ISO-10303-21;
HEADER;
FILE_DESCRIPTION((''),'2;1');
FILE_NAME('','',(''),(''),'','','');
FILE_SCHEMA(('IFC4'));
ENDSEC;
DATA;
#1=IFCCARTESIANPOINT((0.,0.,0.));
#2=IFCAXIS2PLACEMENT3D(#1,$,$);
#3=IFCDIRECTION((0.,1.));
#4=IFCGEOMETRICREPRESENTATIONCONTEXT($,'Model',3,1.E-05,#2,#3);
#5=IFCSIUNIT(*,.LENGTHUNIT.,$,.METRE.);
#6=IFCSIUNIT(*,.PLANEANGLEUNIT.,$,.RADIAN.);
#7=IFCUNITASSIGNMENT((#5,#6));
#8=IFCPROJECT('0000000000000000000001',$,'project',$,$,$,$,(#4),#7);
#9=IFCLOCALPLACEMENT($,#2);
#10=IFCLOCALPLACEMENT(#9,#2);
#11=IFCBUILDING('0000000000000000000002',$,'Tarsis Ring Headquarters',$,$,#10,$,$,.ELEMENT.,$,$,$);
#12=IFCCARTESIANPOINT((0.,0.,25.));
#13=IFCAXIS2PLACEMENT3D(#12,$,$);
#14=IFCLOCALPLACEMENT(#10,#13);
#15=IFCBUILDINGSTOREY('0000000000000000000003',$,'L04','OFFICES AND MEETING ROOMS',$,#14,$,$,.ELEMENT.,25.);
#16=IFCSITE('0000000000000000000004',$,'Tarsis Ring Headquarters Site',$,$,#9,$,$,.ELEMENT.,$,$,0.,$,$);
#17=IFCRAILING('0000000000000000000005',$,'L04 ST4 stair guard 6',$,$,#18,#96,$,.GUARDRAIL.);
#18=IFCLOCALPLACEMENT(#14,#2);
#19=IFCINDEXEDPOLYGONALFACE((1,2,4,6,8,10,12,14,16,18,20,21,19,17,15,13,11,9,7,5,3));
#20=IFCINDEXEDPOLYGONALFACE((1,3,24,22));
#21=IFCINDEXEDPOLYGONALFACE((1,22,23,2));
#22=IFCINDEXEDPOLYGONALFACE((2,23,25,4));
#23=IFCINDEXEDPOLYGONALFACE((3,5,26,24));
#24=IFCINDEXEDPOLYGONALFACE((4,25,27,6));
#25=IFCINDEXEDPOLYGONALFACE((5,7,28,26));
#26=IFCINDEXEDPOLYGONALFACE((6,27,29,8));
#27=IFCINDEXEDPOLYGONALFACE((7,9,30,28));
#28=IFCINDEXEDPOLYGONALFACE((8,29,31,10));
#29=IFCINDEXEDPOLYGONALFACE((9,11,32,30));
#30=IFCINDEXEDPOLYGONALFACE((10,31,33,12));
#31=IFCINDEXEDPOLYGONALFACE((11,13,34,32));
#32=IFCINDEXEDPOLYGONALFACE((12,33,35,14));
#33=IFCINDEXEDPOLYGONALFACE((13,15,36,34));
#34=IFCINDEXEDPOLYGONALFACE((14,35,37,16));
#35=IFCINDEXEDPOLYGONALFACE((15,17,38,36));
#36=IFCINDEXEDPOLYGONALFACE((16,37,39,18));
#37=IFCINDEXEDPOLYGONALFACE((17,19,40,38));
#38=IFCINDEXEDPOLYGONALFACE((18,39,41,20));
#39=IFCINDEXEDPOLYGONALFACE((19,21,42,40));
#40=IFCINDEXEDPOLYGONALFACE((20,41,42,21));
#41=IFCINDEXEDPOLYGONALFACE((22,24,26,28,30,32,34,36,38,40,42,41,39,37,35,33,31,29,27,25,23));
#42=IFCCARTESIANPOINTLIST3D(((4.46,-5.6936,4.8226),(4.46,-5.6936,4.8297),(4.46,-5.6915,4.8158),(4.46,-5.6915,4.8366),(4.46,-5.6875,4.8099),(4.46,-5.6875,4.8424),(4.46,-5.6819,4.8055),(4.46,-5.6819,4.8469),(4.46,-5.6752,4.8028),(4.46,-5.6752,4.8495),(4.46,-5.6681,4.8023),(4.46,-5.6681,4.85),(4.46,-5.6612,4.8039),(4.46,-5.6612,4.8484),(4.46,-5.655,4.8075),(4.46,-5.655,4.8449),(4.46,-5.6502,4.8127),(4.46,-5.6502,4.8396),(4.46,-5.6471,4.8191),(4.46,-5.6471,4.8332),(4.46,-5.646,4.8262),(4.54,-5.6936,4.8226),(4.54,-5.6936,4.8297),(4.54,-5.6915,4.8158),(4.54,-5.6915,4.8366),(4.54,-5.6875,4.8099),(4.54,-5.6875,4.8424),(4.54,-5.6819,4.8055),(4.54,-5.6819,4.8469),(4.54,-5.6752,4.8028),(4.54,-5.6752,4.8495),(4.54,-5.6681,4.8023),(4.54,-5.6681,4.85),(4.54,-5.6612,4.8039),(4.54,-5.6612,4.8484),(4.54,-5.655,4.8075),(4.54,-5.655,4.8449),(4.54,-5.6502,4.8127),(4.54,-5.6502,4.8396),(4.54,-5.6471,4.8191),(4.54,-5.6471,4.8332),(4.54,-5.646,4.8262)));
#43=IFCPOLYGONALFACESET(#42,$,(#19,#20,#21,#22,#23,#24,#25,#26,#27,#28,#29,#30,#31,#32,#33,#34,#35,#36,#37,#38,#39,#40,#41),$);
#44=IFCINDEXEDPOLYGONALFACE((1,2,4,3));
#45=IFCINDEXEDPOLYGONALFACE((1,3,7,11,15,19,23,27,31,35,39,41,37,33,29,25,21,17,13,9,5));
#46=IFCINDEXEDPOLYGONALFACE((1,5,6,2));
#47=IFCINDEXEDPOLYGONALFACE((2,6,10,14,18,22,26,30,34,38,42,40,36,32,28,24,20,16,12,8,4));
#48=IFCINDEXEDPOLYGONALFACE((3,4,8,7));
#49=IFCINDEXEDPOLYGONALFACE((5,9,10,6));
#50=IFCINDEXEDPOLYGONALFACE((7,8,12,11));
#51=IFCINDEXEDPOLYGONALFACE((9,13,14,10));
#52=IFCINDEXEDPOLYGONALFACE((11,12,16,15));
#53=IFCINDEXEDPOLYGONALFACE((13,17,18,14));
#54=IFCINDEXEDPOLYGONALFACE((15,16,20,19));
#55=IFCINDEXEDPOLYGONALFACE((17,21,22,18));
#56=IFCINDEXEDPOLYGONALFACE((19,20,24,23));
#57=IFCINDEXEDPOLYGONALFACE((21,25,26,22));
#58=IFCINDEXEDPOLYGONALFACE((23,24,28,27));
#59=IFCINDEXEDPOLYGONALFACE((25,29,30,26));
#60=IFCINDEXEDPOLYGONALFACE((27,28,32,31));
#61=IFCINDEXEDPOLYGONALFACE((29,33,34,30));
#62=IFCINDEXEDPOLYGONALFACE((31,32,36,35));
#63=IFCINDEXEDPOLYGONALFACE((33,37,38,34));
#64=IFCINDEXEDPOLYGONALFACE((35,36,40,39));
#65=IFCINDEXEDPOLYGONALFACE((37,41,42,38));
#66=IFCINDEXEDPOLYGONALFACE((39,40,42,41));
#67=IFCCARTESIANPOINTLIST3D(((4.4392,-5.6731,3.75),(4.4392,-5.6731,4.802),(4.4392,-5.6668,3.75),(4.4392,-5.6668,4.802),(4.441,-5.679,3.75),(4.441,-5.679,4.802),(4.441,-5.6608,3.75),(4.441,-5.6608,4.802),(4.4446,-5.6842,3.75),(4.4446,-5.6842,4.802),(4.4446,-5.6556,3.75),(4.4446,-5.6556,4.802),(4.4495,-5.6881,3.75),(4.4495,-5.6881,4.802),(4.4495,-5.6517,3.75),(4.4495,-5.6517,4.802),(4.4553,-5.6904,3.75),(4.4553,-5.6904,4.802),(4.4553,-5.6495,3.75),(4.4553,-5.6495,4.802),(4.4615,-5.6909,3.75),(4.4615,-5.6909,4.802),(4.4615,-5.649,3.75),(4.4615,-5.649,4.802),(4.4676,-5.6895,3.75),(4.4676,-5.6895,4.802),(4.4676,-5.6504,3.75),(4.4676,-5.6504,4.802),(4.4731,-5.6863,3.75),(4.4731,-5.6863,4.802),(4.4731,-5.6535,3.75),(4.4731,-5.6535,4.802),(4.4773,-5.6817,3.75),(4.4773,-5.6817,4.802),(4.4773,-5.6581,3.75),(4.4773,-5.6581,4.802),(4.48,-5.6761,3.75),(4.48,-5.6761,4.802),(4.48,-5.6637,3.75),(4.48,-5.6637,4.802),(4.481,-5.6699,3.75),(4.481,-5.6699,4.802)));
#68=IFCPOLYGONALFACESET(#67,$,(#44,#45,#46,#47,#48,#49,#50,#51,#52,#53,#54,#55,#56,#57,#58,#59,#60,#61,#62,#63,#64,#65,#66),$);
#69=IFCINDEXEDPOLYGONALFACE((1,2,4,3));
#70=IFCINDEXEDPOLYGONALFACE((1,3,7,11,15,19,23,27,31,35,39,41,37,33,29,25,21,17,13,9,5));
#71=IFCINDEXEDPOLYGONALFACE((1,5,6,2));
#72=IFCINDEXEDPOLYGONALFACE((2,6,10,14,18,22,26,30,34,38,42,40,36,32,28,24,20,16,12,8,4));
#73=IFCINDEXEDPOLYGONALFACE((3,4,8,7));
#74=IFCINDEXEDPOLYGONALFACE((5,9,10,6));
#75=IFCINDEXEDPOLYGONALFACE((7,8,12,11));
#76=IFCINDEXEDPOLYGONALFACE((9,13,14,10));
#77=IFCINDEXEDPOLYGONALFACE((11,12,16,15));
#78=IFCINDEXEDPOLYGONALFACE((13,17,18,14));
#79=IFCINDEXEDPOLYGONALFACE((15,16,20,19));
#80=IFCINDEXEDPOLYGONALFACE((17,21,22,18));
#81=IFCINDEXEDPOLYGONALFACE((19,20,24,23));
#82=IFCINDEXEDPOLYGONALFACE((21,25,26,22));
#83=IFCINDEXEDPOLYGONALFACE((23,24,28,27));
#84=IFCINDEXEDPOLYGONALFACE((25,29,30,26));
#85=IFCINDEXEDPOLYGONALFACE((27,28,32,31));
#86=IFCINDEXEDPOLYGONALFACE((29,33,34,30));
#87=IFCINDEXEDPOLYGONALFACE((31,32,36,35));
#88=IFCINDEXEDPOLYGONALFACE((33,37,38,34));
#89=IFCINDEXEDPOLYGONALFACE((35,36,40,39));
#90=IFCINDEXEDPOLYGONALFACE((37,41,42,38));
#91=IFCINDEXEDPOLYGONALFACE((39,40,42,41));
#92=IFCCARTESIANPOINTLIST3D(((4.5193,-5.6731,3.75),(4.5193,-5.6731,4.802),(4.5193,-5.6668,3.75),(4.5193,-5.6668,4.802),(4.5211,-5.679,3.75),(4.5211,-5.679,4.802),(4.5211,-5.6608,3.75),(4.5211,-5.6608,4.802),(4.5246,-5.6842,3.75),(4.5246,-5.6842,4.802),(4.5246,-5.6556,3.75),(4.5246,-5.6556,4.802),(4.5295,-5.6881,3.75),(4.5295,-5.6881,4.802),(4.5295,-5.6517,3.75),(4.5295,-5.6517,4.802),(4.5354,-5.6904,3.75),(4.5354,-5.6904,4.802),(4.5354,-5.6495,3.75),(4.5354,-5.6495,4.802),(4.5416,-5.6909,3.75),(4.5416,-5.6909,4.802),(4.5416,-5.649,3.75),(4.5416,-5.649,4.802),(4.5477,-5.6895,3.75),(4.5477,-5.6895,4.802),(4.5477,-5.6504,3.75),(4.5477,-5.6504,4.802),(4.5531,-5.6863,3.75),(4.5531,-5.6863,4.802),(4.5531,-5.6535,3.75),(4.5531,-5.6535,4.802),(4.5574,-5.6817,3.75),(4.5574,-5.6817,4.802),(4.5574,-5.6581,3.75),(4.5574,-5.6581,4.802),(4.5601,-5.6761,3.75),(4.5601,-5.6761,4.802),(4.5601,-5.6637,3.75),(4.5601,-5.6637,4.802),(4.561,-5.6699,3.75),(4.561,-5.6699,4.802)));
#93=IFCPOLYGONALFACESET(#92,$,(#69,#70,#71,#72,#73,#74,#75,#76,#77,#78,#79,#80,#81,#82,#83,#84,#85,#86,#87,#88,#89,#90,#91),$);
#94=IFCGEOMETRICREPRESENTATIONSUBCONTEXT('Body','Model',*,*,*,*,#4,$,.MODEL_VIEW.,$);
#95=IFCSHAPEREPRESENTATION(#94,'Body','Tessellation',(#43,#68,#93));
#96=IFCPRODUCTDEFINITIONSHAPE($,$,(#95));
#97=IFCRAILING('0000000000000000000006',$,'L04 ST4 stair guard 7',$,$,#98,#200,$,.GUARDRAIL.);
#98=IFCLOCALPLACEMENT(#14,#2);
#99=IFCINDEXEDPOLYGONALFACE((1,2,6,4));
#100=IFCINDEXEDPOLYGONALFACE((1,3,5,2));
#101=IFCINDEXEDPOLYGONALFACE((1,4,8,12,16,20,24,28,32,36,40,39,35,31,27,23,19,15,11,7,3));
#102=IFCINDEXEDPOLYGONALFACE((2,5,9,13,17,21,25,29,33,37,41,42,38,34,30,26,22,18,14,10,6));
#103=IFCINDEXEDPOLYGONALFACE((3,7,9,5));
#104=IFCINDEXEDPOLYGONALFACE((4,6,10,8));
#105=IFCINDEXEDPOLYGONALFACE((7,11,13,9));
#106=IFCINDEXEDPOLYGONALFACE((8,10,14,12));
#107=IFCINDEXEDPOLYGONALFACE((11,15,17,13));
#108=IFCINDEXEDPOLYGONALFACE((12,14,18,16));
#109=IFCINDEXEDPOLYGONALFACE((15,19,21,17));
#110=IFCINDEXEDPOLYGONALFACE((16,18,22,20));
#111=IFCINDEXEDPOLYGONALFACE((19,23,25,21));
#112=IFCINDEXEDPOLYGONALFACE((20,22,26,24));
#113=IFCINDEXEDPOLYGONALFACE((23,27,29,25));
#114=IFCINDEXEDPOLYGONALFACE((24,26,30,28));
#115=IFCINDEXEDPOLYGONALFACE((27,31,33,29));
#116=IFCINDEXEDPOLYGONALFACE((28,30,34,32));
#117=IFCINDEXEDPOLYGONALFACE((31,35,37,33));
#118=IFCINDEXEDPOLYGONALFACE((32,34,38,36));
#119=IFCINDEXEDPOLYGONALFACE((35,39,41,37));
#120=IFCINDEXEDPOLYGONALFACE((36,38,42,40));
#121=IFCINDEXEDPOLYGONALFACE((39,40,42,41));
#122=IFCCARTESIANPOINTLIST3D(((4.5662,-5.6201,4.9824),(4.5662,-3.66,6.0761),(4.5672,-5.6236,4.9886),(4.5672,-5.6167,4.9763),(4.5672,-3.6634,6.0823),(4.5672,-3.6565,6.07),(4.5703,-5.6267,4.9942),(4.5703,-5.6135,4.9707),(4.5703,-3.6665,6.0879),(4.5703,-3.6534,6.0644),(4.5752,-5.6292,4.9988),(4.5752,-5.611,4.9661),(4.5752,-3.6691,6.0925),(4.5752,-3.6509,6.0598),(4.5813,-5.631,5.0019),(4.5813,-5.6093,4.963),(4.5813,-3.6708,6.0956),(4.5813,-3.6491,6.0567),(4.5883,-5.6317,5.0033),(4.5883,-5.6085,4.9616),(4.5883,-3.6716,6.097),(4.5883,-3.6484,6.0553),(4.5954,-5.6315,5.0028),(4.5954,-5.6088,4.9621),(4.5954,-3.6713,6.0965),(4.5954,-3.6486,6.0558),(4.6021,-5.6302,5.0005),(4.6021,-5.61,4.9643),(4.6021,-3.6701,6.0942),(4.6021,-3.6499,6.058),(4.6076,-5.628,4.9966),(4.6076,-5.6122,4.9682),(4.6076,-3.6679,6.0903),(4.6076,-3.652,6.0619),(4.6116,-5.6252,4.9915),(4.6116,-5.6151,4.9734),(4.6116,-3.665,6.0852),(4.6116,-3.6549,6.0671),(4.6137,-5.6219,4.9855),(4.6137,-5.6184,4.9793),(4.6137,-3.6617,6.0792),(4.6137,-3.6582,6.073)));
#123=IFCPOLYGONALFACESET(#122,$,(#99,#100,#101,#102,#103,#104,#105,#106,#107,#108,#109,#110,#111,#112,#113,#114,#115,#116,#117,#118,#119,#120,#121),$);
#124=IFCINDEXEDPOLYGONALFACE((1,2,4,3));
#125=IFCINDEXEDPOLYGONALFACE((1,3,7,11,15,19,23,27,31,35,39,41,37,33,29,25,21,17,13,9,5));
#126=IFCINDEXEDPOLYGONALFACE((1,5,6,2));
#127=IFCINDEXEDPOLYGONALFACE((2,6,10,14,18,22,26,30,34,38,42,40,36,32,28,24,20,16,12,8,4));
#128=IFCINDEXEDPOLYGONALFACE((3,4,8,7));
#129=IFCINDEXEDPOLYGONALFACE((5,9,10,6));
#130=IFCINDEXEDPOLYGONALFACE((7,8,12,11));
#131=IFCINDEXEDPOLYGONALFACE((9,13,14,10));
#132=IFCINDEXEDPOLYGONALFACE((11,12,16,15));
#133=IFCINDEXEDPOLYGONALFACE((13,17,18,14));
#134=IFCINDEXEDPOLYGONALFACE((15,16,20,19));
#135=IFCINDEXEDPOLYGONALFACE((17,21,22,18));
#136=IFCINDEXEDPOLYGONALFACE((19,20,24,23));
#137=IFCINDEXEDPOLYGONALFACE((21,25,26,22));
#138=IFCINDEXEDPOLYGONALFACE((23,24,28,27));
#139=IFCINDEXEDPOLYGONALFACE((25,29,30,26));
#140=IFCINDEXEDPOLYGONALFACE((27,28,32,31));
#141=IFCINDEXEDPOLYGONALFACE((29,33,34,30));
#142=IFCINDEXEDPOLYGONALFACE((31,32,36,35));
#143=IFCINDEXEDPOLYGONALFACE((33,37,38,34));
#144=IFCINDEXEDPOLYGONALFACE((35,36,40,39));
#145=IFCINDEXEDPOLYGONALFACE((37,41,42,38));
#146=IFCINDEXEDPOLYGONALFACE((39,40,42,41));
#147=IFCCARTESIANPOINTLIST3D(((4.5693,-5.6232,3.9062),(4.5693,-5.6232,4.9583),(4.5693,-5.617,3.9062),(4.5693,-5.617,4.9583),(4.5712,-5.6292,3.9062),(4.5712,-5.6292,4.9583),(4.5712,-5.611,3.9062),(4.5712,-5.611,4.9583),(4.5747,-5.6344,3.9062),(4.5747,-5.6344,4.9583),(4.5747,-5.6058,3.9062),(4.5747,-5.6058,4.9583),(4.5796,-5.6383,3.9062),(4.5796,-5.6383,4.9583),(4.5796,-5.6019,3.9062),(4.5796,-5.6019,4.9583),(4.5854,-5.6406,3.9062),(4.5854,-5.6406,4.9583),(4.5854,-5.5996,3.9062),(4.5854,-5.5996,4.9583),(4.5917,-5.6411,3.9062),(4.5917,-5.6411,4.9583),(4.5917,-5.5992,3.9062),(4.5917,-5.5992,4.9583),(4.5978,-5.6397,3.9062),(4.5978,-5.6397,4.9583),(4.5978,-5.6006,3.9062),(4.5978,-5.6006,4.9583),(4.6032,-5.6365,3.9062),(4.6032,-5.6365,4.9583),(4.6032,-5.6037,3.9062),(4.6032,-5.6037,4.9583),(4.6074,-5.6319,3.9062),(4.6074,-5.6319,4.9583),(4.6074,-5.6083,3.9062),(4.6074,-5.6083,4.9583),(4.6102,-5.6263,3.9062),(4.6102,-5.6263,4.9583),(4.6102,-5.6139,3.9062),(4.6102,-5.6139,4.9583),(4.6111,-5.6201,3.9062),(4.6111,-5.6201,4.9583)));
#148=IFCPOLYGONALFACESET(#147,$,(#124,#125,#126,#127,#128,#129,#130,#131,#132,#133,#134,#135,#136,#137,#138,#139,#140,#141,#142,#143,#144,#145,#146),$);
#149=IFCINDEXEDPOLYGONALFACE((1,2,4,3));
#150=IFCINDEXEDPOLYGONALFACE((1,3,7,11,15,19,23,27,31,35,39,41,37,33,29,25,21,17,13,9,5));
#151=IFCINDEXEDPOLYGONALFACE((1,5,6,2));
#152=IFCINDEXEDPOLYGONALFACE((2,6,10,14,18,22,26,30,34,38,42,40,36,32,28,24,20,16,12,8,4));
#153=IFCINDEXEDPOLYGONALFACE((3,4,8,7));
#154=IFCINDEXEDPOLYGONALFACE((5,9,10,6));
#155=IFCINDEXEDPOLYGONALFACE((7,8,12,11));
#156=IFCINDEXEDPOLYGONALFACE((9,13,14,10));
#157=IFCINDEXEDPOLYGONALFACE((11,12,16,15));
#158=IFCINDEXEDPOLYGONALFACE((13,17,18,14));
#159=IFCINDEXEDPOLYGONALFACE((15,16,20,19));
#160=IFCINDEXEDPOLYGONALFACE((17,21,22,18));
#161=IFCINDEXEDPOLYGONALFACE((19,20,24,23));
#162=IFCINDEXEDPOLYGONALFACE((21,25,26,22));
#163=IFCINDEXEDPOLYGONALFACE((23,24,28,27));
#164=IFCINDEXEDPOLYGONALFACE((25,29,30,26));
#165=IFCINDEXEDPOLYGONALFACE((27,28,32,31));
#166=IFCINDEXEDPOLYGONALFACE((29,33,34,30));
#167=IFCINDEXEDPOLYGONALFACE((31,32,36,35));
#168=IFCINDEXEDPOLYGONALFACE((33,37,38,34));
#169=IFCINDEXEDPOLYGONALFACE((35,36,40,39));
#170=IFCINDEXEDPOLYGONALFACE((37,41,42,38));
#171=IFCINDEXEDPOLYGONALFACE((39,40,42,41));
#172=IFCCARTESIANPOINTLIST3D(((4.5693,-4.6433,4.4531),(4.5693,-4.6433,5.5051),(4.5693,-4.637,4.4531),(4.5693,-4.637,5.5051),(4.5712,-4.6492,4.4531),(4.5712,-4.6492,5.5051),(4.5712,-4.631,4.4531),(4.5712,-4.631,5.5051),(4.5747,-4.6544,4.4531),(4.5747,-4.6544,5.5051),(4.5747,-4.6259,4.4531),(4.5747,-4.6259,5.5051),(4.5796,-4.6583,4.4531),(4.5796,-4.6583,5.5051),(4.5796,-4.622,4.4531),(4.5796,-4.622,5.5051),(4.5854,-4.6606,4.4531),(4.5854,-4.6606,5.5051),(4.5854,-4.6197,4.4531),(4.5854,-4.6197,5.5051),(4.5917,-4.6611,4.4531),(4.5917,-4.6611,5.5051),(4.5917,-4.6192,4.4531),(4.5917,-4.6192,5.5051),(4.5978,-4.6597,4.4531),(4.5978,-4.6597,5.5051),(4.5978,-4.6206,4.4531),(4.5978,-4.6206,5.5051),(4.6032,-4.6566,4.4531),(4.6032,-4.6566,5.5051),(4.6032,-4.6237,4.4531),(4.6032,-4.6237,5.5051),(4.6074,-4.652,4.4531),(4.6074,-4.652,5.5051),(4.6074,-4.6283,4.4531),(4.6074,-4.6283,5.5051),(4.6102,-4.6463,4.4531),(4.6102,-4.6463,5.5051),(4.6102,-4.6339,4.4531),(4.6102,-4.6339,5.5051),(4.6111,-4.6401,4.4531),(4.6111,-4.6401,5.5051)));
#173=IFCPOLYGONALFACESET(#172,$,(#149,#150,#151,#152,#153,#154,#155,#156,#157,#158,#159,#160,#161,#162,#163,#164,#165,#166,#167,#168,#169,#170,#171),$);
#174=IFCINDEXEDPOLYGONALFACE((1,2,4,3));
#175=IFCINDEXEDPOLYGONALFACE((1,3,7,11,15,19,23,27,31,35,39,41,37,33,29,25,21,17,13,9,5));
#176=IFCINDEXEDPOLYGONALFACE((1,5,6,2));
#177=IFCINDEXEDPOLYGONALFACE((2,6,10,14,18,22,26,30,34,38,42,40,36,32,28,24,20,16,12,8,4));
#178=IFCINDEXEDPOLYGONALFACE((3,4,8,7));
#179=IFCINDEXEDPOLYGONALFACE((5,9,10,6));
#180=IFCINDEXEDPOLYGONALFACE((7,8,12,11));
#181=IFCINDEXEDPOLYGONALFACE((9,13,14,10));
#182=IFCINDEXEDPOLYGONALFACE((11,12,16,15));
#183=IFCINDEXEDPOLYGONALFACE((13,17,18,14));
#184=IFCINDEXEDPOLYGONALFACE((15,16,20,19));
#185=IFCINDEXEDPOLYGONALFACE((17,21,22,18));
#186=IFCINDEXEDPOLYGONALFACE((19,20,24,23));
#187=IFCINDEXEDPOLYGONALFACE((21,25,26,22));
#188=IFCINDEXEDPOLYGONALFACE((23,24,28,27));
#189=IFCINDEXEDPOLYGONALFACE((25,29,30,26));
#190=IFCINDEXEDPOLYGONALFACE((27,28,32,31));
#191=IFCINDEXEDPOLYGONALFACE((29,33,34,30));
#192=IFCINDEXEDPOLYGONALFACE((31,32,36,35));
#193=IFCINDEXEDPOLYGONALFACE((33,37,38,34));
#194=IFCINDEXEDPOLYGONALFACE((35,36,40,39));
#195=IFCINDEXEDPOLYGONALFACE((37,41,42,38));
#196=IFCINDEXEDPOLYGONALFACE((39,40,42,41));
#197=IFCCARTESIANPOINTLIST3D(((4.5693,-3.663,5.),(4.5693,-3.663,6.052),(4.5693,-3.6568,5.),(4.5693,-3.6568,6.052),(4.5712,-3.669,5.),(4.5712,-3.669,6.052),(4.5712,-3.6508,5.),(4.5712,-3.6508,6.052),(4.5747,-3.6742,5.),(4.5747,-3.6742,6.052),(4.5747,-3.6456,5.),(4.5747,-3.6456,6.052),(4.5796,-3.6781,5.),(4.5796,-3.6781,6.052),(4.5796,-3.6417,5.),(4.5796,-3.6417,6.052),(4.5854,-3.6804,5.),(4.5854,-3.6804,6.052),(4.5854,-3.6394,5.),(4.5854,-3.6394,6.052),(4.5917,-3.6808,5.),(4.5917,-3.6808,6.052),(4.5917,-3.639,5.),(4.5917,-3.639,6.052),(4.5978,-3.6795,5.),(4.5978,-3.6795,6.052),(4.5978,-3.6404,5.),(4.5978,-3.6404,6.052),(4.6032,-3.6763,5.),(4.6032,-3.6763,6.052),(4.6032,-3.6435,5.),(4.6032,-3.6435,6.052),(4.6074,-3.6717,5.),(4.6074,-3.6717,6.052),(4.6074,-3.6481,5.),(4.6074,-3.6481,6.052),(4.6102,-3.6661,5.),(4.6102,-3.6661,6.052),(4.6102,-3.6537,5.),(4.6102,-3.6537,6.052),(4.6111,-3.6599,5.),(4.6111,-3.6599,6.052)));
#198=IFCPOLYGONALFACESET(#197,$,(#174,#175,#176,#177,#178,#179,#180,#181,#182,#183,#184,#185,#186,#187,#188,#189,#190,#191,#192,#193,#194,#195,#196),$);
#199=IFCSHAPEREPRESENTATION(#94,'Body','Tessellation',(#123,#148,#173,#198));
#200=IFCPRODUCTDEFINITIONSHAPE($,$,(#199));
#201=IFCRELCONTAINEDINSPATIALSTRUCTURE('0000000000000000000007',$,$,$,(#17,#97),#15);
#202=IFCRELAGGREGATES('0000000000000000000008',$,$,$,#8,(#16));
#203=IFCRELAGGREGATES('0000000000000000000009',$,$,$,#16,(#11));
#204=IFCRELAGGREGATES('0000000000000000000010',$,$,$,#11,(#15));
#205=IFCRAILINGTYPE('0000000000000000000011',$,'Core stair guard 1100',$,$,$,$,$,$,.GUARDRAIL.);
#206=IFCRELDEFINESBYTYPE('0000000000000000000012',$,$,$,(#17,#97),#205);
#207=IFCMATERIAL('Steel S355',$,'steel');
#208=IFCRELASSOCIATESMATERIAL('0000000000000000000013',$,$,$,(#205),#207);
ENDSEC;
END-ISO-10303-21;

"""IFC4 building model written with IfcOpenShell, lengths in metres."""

from ifc_helpers import new_model, si_unit, direction, frame, origin, origin_2d, place, context, subcontext, project, spatial, circle, extrude, material, type_object, element, save


model = new_model("IFC4")

# Units and contexts
model_context = context("Model", 3, precision=1e-05, world=origin(), true_north=direction((0.0, 1.0)))
body_context = subcontext(model_context, "Body", "Model", "MODEL_VIEW")
ifc_project = project(units=[si_unit("LENGTHUNIT", "METRE"), si_unit("PLANEANGLEUNIT", "RADIAN")], contexts=[model_context])

# Site, building, storey
site_placement = place(None, origin())
site = spatial("IfcSite", under=ifc_project, at=site_placement, Name="Tarsis Ring Headquarters Site", CompositionType="ELEMENT", RefElevation=0.0)
building_placement = place(site_placement, origin())
building = spatial("IfcBuilding", under=site, at=building_placement, Name="Tarsis Ring Headquarters", CompositionType="ELEMENT")
storey_placement = place(building_placement, frame((0.0, 0.0, 25.0)))
storey = spatial("IfcBuildingStorey", under=building, at=storey_placement, Name="L04", Description="OFFICES AND MEETING ROOMS", CompositionType="ELEMENT", Elevation=25.0)

# Railings
ifc_material_1 = material(Name="Steel S355", Category="steel")
railing_type_1 = type_object("IfcRailingType", Name="Core stair guard 1100", PredefinedType="GUARDRAIL", material=ifc_material_1)
railing_1_placement = place(storey_placement, frame((4.46, -5.6699, 3.75)))
element("IfcRailing", 1, at=railing_1_placement, inside=storey, type_object=railing_type_1, Name="L04 ST4 stair guard 6", PredefinedType="GUARDRAIL", context=body_context, shape_type="SweptSolid", body=[
    extrude(circle(Radius=0.0239, at=origin_2d()), frame((0.0, 0.0, 1.0762), z_axis=(1.0, 0.0, 0.0), x_axis=(0.0, 1.0, 0.0)), (0.0, 0.0, 1.0), 0.0801),
    extrude(circle(Radius=0.021, at=origin_2d()), origin(), (0.0, 0.0, 1.0), 1.052),
    extrude(circle(Radius=0.021, at=origin_2d()), frame((0.0801, 0.0, 0.0)), (0.0, 0.0, 1.0), 1.052),
])
railing_2_placement = place(storey_placement, frame((4.5901, -5.6201, 3.9062)))
element("IfcRailing", 2, at=railing_2_placement, inside=storey, type_object=railing_type_1, Name="L04 ST4 stair guard 7", PredefinedType="GUARDRAIL", context=body_context, shape_type="SweptSolid", body=[
    extrude(circle(Radius=0.0239, at=origin_2d()), frame((0.0, 0.0, 1.0762), z_axis=(0.0, 0.873258, 0.487258), x_axis=(-1.0, 0.0, 0.0)), (0.0, 0.0, 1.0), 2.2446),
    extrude(circle(Radius=0.021, at=origin_2d()), origin(), (0.0, 0.0, 1.0), 1.052),
    extrude(circle(Radius=0.021, at=origin_2d()), frame((0.0, 0.98, 0.5469)), (0.0, 0.0, 1.0), 1.052),
    extrude(circle(Radius=0.021, at=origin_2d()), frame((0.0, 1.9602, 1.0938)), (0.0, 0.0, 1.0), 1.052),
])

save(model, "model.ifc")
